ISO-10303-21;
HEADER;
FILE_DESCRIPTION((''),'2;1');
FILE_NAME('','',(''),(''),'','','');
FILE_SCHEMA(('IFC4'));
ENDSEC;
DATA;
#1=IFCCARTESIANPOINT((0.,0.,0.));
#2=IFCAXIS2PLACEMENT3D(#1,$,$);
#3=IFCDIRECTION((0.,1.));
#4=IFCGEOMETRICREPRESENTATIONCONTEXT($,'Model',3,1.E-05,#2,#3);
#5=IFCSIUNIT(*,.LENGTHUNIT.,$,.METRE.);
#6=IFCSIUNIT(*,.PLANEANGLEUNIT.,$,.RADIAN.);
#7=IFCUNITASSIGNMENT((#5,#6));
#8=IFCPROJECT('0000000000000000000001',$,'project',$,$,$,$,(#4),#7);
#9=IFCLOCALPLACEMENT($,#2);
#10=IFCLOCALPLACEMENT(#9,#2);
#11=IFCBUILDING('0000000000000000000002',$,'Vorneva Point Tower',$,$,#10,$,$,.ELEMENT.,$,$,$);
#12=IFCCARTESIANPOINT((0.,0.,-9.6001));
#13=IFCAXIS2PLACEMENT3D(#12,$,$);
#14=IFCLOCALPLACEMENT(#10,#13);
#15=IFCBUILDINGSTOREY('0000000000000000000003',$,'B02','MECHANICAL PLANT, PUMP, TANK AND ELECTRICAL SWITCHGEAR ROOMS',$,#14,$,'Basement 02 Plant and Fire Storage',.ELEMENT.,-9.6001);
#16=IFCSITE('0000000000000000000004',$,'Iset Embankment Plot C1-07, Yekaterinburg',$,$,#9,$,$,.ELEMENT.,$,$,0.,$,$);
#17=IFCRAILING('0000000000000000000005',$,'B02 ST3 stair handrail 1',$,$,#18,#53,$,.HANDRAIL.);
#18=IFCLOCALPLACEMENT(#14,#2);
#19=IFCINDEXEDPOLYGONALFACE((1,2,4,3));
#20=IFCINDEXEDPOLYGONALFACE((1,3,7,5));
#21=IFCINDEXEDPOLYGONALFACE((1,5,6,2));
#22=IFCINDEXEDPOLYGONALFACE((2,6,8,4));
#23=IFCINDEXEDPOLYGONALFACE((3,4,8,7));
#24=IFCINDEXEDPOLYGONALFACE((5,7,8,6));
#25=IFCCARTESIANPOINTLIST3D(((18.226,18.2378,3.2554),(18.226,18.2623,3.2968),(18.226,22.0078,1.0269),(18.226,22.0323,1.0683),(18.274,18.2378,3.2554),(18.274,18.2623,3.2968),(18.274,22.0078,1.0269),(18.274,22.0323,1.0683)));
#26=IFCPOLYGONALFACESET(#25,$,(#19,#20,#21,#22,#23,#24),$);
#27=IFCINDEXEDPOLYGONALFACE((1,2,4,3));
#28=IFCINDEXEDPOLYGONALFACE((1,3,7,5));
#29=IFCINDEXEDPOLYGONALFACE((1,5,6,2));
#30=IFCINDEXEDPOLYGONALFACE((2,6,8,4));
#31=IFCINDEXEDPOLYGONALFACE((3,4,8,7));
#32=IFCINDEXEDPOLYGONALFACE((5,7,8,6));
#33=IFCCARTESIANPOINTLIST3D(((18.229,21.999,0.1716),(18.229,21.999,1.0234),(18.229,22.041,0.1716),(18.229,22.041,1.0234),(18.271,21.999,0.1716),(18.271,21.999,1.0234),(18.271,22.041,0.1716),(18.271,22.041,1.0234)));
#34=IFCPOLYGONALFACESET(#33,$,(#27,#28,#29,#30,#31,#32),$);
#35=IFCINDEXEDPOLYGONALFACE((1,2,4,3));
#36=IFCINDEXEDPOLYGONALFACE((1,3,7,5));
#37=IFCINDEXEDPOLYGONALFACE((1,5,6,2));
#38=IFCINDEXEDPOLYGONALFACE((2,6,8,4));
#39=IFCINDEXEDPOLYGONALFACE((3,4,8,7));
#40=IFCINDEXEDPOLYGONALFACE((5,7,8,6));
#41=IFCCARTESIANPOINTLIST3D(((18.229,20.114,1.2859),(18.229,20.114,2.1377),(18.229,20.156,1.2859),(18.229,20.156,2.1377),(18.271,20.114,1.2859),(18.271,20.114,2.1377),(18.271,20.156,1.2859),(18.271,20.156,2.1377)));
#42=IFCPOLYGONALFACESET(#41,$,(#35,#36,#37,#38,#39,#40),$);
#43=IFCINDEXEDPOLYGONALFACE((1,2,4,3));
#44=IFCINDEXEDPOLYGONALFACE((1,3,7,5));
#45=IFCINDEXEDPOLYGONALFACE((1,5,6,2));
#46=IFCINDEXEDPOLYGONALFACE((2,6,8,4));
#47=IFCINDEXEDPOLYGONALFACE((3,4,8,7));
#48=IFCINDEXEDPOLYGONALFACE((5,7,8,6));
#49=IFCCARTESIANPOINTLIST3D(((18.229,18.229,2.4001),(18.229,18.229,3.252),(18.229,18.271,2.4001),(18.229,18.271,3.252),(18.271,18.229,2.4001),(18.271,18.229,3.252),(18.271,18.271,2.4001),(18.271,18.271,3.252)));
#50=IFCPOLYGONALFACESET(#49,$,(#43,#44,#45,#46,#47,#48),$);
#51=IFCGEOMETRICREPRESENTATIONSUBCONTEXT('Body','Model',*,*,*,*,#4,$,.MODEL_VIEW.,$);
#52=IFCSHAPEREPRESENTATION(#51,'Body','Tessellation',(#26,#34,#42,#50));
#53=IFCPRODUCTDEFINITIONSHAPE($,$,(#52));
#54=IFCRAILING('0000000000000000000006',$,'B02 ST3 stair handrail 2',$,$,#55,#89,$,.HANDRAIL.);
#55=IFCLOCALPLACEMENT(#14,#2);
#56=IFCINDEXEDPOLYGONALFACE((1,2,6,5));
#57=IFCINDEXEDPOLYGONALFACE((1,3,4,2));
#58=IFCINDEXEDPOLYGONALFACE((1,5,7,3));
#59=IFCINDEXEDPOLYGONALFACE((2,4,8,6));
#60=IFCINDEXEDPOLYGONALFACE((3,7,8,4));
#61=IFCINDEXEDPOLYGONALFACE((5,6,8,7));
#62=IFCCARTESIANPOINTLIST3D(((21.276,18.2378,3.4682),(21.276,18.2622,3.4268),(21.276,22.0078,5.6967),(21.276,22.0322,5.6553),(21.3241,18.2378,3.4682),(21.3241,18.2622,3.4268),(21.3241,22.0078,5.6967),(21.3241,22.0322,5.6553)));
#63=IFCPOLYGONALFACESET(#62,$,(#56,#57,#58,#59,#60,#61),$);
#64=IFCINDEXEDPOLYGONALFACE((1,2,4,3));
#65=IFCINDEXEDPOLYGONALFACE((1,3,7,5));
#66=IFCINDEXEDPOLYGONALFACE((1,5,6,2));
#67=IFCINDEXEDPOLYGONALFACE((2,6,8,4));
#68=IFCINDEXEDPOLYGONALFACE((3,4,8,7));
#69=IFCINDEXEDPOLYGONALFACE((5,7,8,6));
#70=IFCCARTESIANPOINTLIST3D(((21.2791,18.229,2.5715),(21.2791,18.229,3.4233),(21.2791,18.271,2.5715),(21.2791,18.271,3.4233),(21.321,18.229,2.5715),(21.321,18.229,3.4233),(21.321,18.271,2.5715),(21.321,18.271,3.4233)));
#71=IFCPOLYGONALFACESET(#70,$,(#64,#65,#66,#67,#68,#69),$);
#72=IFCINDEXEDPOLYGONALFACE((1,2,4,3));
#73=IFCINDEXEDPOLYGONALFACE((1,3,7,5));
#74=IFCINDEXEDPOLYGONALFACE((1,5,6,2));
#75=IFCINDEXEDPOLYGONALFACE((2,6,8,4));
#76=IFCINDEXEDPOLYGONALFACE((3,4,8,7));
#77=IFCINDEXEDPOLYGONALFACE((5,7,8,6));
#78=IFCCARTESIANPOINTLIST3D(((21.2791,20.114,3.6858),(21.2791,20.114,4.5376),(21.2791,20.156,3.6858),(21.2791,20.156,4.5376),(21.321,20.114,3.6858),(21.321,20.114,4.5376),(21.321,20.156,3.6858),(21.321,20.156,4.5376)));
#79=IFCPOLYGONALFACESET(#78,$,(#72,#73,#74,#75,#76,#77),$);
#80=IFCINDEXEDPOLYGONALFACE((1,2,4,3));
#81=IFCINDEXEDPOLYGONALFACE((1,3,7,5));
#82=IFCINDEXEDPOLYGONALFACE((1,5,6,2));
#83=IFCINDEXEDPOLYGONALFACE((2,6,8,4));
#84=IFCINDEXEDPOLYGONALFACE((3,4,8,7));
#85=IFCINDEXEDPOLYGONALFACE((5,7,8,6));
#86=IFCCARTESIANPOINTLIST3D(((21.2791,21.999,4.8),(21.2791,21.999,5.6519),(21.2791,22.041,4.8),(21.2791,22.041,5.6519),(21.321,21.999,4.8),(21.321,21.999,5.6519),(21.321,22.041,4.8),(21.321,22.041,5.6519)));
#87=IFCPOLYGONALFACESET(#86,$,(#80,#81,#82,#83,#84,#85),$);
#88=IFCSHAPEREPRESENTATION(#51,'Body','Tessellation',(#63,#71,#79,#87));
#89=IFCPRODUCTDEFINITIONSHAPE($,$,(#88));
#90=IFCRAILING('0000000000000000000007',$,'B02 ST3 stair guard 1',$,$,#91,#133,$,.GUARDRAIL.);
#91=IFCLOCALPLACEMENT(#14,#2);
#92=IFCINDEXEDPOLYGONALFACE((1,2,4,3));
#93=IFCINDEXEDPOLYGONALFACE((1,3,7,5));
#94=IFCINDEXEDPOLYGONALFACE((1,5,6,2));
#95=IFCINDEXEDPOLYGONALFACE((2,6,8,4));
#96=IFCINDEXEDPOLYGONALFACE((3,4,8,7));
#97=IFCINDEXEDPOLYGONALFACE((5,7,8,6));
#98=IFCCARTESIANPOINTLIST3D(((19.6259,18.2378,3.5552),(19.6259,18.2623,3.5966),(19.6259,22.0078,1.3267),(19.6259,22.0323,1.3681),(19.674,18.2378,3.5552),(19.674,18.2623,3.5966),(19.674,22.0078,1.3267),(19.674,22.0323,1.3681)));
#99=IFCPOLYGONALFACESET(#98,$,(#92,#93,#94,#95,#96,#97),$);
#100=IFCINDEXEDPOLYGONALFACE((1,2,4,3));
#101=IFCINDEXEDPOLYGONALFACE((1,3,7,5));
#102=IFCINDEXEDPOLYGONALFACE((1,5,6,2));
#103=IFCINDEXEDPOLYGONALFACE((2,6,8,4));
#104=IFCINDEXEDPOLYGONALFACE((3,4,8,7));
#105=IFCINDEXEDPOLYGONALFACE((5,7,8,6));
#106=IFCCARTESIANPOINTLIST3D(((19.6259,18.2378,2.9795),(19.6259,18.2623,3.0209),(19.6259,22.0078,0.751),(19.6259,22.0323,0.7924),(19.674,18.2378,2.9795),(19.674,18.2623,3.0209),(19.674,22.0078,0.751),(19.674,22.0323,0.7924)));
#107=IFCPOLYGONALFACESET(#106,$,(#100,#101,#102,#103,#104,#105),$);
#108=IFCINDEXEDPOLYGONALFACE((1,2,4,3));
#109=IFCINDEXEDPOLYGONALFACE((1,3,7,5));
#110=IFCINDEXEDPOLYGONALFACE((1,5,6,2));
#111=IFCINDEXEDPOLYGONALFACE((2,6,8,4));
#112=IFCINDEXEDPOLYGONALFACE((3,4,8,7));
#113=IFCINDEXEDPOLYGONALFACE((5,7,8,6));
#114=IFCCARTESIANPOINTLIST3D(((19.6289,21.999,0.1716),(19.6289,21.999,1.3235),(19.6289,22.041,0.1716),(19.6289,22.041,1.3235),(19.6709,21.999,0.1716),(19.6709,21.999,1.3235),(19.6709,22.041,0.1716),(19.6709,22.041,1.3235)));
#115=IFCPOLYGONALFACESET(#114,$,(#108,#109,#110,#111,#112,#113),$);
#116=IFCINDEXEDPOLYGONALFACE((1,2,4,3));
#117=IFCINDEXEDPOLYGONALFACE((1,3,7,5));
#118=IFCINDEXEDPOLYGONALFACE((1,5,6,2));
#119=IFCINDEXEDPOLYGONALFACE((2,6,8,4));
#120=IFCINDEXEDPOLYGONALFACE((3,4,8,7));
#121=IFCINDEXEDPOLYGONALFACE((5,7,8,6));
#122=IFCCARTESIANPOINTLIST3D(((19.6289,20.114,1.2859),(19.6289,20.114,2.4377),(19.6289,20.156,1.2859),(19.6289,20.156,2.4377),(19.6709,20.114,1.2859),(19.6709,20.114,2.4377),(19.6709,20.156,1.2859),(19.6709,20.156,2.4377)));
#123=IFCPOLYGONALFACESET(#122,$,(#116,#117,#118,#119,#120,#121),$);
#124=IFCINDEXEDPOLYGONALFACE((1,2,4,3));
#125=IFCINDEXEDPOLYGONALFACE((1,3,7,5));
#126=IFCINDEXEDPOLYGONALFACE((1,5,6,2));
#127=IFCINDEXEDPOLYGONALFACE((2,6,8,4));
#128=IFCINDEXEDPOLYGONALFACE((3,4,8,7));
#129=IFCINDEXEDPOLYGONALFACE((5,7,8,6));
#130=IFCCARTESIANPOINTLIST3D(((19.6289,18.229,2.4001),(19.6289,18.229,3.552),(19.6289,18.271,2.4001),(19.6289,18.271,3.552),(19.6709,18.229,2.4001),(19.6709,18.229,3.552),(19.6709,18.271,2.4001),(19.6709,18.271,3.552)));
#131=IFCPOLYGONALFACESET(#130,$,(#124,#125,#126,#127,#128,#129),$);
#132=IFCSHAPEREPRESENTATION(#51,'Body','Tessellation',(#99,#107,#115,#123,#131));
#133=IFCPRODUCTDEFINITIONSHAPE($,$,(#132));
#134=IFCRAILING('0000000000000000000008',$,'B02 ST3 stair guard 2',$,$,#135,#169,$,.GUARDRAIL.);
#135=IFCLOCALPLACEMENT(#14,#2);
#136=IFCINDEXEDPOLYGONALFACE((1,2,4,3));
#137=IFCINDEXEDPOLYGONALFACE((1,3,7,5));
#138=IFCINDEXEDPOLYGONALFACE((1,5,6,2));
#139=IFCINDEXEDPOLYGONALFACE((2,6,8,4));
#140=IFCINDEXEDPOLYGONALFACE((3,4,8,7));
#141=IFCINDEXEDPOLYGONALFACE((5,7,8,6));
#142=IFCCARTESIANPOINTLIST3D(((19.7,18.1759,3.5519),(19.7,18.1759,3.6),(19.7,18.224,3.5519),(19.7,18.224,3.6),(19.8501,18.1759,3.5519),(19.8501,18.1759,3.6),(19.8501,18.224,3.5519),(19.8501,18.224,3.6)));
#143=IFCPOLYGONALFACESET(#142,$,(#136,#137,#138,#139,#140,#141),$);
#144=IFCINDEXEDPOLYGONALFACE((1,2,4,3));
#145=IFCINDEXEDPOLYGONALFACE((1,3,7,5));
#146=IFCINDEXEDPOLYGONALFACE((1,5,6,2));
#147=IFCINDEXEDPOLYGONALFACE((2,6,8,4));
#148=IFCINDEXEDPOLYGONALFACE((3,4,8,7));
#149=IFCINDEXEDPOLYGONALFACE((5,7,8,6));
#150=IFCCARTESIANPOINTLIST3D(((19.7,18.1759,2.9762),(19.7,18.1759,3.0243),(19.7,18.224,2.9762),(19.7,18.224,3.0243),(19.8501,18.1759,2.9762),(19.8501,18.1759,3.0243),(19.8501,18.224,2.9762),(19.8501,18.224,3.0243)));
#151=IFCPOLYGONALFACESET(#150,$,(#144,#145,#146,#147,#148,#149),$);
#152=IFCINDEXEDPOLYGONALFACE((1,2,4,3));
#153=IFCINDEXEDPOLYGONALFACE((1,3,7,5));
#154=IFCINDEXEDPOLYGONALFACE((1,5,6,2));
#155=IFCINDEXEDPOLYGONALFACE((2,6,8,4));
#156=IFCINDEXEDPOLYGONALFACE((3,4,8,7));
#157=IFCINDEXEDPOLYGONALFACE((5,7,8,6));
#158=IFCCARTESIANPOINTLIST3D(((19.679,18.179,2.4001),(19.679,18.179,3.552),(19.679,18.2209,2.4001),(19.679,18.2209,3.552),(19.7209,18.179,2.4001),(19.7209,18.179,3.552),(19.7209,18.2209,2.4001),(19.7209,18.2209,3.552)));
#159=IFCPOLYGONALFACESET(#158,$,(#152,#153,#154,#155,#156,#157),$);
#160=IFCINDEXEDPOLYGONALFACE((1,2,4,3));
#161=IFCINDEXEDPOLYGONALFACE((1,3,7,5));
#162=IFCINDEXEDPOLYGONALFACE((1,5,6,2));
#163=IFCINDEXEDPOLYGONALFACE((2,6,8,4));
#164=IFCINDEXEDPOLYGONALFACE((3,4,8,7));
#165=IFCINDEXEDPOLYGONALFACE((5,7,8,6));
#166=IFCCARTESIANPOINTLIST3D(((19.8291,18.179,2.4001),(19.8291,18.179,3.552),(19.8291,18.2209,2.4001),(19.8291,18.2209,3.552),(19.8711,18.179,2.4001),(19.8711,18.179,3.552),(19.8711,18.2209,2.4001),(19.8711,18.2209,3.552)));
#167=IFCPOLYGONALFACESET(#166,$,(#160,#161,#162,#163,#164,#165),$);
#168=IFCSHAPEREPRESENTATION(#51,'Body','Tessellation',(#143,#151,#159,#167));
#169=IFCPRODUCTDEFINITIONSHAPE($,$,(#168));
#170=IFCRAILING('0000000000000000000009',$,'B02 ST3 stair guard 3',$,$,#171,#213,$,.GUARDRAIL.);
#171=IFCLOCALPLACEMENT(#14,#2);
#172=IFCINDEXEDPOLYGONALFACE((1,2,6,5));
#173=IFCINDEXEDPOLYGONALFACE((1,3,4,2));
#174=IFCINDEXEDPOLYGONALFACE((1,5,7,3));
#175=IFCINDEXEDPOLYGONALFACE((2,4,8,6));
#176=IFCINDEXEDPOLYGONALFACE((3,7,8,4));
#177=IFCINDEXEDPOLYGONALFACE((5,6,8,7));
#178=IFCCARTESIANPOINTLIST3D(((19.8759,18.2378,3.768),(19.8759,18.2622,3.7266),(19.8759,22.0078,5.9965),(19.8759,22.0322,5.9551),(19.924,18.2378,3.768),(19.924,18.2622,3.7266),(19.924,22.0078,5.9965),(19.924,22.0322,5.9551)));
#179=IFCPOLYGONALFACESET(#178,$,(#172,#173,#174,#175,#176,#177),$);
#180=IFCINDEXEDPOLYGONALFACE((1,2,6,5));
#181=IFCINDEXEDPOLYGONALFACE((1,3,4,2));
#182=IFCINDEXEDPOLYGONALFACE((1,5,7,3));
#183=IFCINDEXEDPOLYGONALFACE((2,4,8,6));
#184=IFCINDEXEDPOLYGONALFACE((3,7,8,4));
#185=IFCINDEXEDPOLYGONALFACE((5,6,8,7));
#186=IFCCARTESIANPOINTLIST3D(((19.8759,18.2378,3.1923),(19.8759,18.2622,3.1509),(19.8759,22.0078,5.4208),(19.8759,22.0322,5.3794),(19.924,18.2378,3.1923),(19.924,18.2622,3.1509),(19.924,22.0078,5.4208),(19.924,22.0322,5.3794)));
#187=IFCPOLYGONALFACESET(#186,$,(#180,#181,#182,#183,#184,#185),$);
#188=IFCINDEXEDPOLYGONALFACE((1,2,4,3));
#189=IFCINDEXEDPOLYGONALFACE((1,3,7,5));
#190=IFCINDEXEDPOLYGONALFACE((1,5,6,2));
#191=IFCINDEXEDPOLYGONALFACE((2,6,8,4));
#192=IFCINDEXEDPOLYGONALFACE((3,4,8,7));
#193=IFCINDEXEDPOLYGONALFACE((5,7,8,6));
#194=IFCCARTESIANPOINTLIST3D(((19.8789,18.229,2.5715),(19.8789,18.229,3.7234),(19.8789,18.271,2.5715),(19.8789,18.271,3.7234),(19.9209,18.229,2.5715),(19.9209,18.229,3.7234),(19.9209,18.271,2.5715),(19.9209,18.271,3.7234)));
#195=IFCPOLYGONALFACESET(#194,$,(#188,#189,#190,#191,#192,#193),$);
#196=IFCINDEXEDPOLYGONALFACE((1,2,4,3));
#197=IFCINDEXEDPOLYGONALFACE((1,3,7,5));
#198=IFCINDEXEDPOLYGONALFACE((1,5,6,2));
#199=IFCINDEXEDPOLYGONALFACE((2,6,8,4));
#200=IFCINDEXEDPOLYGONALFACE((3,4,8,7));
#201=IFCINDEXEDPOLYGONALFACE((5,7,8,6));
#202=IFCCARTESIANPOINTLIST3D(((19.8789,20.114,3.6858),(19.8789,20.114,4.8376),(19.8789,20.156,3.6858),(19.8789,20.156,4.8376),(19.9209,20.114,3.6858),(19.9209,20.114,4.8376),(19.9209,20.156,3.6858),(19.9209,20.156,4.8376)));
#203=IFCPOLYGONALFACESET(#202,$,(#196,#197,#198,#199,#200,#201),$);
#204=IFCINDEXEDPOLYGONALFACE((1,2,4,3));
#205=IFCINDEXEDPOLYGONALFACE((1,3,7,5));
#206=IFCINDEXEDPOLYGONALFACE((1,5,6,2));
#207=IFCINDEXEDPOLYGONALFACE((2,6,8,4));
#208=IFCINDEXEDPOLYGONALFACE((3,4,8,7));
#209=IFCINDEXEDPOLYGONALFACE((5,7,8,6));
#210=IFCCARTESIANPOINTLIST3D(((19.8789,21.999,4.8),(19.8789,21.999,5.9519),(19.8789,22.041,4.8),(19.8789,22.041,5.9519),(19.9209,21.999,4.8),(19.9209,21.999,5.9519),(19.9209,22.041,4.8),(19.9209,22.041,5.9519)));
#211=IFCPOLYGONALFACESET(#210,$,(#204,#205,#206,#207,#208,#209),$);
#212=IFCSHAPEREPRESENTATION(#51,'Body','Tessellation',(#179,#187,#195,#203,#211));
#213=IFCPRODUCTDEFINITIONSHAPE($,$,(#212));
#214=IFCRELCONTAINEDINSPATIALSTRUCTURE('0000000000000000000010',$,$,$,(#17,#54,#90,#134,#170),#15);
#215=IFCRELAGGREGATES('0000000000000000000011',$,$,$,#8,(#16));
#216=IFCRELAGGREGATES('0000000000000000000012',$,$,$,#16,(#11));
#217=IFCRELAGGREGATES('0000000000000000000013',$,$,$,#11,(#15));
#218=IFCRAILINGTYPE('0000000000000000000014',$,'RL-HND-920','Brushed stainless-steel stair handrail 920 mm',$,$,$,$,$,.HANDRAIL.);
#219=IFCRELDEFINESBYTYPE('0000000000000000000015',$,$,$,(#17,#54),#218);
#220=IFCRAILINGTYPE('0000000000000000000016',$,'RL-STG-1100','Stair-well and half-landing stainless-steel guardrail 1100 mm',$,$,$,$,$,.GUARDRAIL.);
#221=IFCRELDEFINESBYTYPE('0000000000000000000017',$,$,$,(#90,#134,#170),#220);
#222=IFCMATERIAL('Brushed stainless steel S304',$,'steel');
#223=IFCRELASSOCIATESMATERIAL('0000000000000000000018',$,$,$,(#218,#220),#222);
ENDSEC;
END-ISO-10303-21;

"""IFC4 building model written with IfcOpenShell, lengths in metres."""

from ifc_helpers import new_model, si_unit, direction, frame, origin, origin_2d, place, context, subcontext, project, spatial, rectangle, extrude, material, type_object, element, save


model = new_model("IFC4")

# Units and contexts
model_context = context("Model", 3, precision=1e-05, world=origin(), true_north=direction((0.0, 1.0)))
body_context = subcontext(model_context, "Body", "Model", "MODEL_VIEW")
ifc_project = project(units=[si_unit("LENGTHUNIT", "METRE"), si_unit("PLANEANGLEUNIT", "RADIAN")], contexts=[model_context])

# Site, building, storey
site_placement = place(None, origin())
site = spatial("IfcSite", under=ifc_project, at=site_placement, Name="Iset Embankment Plot C1-07, Yekaterinburg", CompositionType="ELEMENT", RefElevation=0.0)
building_placement = place(site_placement, origin())
building = spatial("IfcBuilding", under=site, at=building_placement, Name="Vorneva Point Tower", CompositionType="ELEMENT")
storey_placement = place(building_placement, frame((0.0, 0.0, -9.6001)))
storey = spatial("IfcBuildingStorey", under=building, at=storey_placement, Name="B02", Description="MECHANICAL PLANT, PUMP, TANK AND ELECTRICAL SWITCHGEAR ROOMS", LongName="Basement 02 Plant and Fire Storage", CompositionType="ELEMENT", Elevation=-9.6001)

# Railings
ifc_material_1 = material(Name="Brushed stainless steel S304", Category="steel")
railing_type_1 = type_object("IfcRailingType", Name="RL-HND-920", Description="Brushed stainless-steel stair handrail 920 mm", PredefinedType="HANDRAIL", material=ifc_material_1)
railing_1_placement = place(storey_placement, frame((18.25, 22.02, 0.1716)))
element("IfcRailing", 1, at=railing_1_placement, inside=storey, type_object=railing_type_1, Name="B02 ST3 stair handrail 1", PredefinedType="HANDRAIL", context=body_context, shape_type="SweptSolid", body=[
    extrude(rectangle(XDim=0.0481, YDim=0.0481, at=origin_2d()), frame((0.0, 0.0, 0.876), z_axis=(0.0, -0.860849, 0.508861), x_axis=(1.0, 0.0, 0.0)), (0.0, 0.0, 1.0), 4.3794),
    extrude(rectangle(XDim=0.042, YDim=0.042, at=origin_2d()), origin(), (0.0, 0.0, 1.0), 0.8518),
    extrude(rectangle(XDim=0.042, YDim=0.042, at=origin_2d()), frame((0.0, -1.885, 1.1143)), (0.0, 0.0, 1.0), 0.8518),
    extrude(rectangle(XDim=0.042, YDim=0.042, at=origin_2d()), frame((0.0, -3.77, 2.2285)), (0.0, 0.0, 1.0), 0.8518),
])
railing_2_placement = place(storey_placement, frame((21.3, 18.25, 2.5715)))
element("IfcRailing", 2, at=railing_2_placement, inside=storey, type_object=railing_type_1, Name="B02 ST3 stair handrail 2", PredefinedType="HANDRAIL", context=body_context, shape_type="SweptSolid", body=[
    extrude(rectangle(XDim=0.0481, YDim=0.0481, at=origin_2d()), frame((0.0, 0.0, 0.876), z_axis=(0.0, 0.860849, 0.508861), x_axis=(-1.0, 0.0, 0.0)), (0.0, 0.0, 1.0), 4.3794),
    extrude(rectangle(XDim=0.042, YDim=0.042, at=origin_2d()), origin(), (0.0, 0.0, 1.0), 0.8518),
    extrude(rectangle(XDim=0.042, YDim=0.042, at=origin_2d()), frame((0.0, 1.885, 1.1143)), (0.0, 0.0, 1.0), 0.8518),
    extrude(rectangle(XDim=0.042, YDim=0.042, at=origin_2d()), frame((0.0, 3.77, 2.2285)), (0.0, 0.0, 1.0), 0.8518),
])
railing_type_2 = type_object("IfcRailingType", Name="RL-STG-1100", Description="Stair-well and half-landing stainless-steel guardrail 1100 mm", PredefinedType="GUARDRAIL", material=ifc_material_1)
railing_3_placement = place(storey_placement, frame((19.6499, 22.02, 0.1716)))
element("IfcRailing", 3, at=railing_3_placement, inside=storey, type_object=railing_type_2, Name="B02 ST3 stair guard 1", PredefinedType="GUARDRAIL", context=body_context, shape_type="SweptSolid", body=[
    extrude(rectangle(XDim=0.0481, YDim=0.0481, at=origin_2d()), frame((0.0, 0.0, 1.1758), z_axis=(0.0, -0.860849, 0.508861), x_axis=(1.0, 0.0, 0.0)), (0.0, 0.0, 1.0), 4.3794),
    extrude(rectangle(XDim=0.0481, YDim=0.0481, at=origin_2d()), frame((0.0, 0.0, 0.6001), z_axis=(0.0, -0.860849, 0.508861), x_axis=(1.0, 0.0, 0.0)), (0.0, 0.0, 1.0), 4.3794),
    extrude(rectangle(XDim=0.042, YDim=0.042, at=origin_2d()), origin(), (0.0, 0.0, 1.0), 1.1519),
    extrude(rectangle(XDim=0.042, YDim=0.042, at=origin_2d()), frame((0.0, -1.885, 1.1143)), (0.0, 0.0, 1.0), 1.1519),
    extrude(rectangle(XDim=0.042, YDim=0.042, at=origin_2d()), frame((0.0, -3.77, 2.2285)), (0.0, 0.0, 1.0), 1.1519),
])
railing_4_placement = place(storey_placement, frame((19.7, 18.2, 2.4001)))
element("IfcRailing", 4, at=railing_4_placement, inside=storey, type_object=railing_type_2, Name="B02 ST3 stair guard 2", PredefinedType="GUARDRAIL", context=body_context, shape_type="SweptSolid", body=[
    extrude(rectangle(XDim=0.0481, YDim=0.0481, at=origin_2d()), frame((0.0, 0.0, 1.1758), z_axis=(1.0, 0.0, 0.0), x_axis=(0.0, 1.0, 0.0)), (0.0, 0.0, 1.0), 0.1501),
    extrude(rectangle(XDim=0.0481, YDim=0.0481, at=origin_2d()), frame((0.0, 0.0, 0.6001), z_axis=(1.0, 0.0, 0.0), x_axis=(0.0, 1.0, 0.0)), (0.0, 0.0, 1.0), 0.1501),
    extrude(rectangle(XDim=0.042, YDim=0.042, at=origin_2d()), origin(), (0.0, 0.0, 1.0), 1.1519),
    extrude(rectangle(XDim=0.042, YDim=0.042, at=origin_2d()), frame((0.1501, 0.0, 0.0)), (0.0, 0.0, 1.0), 1.1519),
])
railing_5_placement = place(storey_placement, frame((19.8999, 18.25, 2.5715)))
element("IfcRailing", 5, at=railing_5_placement, inside=storey, type_object=railing_type_2, Name="B02 ST3 stair guard 3", PredefinedType="GUARDRAIL", context=body_context, shape_type="SweptSolid", body=[
    extrude(rectangle(XDim=0.0481, YDim=0.0481, at=origin_2d()), frame((0.0, 0.0, 1.1758), z_axis=(0.0, 0.860849, 0.508861), x_axis=(-1.0, 0.0, 0.0)), (0.0, 0.0, 1.0), 4.3794),
    extrude(rectangle(XDim=0.0481, YDim=0.0481, at=origin_2d()), frame((0.0, 0.0, 0.6001), z_axis=(0.0, 0.860849, 0.508861), x_axis=(-1.0, 0.0, 0.0)), (0.0, 0.0, 1.0), 4.3794),
    extrude(rectangle(XDim=0.042, YDim=0.042, at=origin_2d()), origin(), (0.0, 0.0, 1.0), 1.1519),
    extrude(rectangle(XDim=0.042, YDim=0.042, at=origin_2d()), frame((0.0, 1.885, 1.1143)), (0.0, 0.0, 1.0), 1.1519),
    extrude(rectangle(XDim=0.042, YDim=0.042, at=origin_2d()), frame((0.0, 3.77, 2.2285)), (0.0, 0.0, 1.0), 1.1519),
])

save(model, "model.ifc")
